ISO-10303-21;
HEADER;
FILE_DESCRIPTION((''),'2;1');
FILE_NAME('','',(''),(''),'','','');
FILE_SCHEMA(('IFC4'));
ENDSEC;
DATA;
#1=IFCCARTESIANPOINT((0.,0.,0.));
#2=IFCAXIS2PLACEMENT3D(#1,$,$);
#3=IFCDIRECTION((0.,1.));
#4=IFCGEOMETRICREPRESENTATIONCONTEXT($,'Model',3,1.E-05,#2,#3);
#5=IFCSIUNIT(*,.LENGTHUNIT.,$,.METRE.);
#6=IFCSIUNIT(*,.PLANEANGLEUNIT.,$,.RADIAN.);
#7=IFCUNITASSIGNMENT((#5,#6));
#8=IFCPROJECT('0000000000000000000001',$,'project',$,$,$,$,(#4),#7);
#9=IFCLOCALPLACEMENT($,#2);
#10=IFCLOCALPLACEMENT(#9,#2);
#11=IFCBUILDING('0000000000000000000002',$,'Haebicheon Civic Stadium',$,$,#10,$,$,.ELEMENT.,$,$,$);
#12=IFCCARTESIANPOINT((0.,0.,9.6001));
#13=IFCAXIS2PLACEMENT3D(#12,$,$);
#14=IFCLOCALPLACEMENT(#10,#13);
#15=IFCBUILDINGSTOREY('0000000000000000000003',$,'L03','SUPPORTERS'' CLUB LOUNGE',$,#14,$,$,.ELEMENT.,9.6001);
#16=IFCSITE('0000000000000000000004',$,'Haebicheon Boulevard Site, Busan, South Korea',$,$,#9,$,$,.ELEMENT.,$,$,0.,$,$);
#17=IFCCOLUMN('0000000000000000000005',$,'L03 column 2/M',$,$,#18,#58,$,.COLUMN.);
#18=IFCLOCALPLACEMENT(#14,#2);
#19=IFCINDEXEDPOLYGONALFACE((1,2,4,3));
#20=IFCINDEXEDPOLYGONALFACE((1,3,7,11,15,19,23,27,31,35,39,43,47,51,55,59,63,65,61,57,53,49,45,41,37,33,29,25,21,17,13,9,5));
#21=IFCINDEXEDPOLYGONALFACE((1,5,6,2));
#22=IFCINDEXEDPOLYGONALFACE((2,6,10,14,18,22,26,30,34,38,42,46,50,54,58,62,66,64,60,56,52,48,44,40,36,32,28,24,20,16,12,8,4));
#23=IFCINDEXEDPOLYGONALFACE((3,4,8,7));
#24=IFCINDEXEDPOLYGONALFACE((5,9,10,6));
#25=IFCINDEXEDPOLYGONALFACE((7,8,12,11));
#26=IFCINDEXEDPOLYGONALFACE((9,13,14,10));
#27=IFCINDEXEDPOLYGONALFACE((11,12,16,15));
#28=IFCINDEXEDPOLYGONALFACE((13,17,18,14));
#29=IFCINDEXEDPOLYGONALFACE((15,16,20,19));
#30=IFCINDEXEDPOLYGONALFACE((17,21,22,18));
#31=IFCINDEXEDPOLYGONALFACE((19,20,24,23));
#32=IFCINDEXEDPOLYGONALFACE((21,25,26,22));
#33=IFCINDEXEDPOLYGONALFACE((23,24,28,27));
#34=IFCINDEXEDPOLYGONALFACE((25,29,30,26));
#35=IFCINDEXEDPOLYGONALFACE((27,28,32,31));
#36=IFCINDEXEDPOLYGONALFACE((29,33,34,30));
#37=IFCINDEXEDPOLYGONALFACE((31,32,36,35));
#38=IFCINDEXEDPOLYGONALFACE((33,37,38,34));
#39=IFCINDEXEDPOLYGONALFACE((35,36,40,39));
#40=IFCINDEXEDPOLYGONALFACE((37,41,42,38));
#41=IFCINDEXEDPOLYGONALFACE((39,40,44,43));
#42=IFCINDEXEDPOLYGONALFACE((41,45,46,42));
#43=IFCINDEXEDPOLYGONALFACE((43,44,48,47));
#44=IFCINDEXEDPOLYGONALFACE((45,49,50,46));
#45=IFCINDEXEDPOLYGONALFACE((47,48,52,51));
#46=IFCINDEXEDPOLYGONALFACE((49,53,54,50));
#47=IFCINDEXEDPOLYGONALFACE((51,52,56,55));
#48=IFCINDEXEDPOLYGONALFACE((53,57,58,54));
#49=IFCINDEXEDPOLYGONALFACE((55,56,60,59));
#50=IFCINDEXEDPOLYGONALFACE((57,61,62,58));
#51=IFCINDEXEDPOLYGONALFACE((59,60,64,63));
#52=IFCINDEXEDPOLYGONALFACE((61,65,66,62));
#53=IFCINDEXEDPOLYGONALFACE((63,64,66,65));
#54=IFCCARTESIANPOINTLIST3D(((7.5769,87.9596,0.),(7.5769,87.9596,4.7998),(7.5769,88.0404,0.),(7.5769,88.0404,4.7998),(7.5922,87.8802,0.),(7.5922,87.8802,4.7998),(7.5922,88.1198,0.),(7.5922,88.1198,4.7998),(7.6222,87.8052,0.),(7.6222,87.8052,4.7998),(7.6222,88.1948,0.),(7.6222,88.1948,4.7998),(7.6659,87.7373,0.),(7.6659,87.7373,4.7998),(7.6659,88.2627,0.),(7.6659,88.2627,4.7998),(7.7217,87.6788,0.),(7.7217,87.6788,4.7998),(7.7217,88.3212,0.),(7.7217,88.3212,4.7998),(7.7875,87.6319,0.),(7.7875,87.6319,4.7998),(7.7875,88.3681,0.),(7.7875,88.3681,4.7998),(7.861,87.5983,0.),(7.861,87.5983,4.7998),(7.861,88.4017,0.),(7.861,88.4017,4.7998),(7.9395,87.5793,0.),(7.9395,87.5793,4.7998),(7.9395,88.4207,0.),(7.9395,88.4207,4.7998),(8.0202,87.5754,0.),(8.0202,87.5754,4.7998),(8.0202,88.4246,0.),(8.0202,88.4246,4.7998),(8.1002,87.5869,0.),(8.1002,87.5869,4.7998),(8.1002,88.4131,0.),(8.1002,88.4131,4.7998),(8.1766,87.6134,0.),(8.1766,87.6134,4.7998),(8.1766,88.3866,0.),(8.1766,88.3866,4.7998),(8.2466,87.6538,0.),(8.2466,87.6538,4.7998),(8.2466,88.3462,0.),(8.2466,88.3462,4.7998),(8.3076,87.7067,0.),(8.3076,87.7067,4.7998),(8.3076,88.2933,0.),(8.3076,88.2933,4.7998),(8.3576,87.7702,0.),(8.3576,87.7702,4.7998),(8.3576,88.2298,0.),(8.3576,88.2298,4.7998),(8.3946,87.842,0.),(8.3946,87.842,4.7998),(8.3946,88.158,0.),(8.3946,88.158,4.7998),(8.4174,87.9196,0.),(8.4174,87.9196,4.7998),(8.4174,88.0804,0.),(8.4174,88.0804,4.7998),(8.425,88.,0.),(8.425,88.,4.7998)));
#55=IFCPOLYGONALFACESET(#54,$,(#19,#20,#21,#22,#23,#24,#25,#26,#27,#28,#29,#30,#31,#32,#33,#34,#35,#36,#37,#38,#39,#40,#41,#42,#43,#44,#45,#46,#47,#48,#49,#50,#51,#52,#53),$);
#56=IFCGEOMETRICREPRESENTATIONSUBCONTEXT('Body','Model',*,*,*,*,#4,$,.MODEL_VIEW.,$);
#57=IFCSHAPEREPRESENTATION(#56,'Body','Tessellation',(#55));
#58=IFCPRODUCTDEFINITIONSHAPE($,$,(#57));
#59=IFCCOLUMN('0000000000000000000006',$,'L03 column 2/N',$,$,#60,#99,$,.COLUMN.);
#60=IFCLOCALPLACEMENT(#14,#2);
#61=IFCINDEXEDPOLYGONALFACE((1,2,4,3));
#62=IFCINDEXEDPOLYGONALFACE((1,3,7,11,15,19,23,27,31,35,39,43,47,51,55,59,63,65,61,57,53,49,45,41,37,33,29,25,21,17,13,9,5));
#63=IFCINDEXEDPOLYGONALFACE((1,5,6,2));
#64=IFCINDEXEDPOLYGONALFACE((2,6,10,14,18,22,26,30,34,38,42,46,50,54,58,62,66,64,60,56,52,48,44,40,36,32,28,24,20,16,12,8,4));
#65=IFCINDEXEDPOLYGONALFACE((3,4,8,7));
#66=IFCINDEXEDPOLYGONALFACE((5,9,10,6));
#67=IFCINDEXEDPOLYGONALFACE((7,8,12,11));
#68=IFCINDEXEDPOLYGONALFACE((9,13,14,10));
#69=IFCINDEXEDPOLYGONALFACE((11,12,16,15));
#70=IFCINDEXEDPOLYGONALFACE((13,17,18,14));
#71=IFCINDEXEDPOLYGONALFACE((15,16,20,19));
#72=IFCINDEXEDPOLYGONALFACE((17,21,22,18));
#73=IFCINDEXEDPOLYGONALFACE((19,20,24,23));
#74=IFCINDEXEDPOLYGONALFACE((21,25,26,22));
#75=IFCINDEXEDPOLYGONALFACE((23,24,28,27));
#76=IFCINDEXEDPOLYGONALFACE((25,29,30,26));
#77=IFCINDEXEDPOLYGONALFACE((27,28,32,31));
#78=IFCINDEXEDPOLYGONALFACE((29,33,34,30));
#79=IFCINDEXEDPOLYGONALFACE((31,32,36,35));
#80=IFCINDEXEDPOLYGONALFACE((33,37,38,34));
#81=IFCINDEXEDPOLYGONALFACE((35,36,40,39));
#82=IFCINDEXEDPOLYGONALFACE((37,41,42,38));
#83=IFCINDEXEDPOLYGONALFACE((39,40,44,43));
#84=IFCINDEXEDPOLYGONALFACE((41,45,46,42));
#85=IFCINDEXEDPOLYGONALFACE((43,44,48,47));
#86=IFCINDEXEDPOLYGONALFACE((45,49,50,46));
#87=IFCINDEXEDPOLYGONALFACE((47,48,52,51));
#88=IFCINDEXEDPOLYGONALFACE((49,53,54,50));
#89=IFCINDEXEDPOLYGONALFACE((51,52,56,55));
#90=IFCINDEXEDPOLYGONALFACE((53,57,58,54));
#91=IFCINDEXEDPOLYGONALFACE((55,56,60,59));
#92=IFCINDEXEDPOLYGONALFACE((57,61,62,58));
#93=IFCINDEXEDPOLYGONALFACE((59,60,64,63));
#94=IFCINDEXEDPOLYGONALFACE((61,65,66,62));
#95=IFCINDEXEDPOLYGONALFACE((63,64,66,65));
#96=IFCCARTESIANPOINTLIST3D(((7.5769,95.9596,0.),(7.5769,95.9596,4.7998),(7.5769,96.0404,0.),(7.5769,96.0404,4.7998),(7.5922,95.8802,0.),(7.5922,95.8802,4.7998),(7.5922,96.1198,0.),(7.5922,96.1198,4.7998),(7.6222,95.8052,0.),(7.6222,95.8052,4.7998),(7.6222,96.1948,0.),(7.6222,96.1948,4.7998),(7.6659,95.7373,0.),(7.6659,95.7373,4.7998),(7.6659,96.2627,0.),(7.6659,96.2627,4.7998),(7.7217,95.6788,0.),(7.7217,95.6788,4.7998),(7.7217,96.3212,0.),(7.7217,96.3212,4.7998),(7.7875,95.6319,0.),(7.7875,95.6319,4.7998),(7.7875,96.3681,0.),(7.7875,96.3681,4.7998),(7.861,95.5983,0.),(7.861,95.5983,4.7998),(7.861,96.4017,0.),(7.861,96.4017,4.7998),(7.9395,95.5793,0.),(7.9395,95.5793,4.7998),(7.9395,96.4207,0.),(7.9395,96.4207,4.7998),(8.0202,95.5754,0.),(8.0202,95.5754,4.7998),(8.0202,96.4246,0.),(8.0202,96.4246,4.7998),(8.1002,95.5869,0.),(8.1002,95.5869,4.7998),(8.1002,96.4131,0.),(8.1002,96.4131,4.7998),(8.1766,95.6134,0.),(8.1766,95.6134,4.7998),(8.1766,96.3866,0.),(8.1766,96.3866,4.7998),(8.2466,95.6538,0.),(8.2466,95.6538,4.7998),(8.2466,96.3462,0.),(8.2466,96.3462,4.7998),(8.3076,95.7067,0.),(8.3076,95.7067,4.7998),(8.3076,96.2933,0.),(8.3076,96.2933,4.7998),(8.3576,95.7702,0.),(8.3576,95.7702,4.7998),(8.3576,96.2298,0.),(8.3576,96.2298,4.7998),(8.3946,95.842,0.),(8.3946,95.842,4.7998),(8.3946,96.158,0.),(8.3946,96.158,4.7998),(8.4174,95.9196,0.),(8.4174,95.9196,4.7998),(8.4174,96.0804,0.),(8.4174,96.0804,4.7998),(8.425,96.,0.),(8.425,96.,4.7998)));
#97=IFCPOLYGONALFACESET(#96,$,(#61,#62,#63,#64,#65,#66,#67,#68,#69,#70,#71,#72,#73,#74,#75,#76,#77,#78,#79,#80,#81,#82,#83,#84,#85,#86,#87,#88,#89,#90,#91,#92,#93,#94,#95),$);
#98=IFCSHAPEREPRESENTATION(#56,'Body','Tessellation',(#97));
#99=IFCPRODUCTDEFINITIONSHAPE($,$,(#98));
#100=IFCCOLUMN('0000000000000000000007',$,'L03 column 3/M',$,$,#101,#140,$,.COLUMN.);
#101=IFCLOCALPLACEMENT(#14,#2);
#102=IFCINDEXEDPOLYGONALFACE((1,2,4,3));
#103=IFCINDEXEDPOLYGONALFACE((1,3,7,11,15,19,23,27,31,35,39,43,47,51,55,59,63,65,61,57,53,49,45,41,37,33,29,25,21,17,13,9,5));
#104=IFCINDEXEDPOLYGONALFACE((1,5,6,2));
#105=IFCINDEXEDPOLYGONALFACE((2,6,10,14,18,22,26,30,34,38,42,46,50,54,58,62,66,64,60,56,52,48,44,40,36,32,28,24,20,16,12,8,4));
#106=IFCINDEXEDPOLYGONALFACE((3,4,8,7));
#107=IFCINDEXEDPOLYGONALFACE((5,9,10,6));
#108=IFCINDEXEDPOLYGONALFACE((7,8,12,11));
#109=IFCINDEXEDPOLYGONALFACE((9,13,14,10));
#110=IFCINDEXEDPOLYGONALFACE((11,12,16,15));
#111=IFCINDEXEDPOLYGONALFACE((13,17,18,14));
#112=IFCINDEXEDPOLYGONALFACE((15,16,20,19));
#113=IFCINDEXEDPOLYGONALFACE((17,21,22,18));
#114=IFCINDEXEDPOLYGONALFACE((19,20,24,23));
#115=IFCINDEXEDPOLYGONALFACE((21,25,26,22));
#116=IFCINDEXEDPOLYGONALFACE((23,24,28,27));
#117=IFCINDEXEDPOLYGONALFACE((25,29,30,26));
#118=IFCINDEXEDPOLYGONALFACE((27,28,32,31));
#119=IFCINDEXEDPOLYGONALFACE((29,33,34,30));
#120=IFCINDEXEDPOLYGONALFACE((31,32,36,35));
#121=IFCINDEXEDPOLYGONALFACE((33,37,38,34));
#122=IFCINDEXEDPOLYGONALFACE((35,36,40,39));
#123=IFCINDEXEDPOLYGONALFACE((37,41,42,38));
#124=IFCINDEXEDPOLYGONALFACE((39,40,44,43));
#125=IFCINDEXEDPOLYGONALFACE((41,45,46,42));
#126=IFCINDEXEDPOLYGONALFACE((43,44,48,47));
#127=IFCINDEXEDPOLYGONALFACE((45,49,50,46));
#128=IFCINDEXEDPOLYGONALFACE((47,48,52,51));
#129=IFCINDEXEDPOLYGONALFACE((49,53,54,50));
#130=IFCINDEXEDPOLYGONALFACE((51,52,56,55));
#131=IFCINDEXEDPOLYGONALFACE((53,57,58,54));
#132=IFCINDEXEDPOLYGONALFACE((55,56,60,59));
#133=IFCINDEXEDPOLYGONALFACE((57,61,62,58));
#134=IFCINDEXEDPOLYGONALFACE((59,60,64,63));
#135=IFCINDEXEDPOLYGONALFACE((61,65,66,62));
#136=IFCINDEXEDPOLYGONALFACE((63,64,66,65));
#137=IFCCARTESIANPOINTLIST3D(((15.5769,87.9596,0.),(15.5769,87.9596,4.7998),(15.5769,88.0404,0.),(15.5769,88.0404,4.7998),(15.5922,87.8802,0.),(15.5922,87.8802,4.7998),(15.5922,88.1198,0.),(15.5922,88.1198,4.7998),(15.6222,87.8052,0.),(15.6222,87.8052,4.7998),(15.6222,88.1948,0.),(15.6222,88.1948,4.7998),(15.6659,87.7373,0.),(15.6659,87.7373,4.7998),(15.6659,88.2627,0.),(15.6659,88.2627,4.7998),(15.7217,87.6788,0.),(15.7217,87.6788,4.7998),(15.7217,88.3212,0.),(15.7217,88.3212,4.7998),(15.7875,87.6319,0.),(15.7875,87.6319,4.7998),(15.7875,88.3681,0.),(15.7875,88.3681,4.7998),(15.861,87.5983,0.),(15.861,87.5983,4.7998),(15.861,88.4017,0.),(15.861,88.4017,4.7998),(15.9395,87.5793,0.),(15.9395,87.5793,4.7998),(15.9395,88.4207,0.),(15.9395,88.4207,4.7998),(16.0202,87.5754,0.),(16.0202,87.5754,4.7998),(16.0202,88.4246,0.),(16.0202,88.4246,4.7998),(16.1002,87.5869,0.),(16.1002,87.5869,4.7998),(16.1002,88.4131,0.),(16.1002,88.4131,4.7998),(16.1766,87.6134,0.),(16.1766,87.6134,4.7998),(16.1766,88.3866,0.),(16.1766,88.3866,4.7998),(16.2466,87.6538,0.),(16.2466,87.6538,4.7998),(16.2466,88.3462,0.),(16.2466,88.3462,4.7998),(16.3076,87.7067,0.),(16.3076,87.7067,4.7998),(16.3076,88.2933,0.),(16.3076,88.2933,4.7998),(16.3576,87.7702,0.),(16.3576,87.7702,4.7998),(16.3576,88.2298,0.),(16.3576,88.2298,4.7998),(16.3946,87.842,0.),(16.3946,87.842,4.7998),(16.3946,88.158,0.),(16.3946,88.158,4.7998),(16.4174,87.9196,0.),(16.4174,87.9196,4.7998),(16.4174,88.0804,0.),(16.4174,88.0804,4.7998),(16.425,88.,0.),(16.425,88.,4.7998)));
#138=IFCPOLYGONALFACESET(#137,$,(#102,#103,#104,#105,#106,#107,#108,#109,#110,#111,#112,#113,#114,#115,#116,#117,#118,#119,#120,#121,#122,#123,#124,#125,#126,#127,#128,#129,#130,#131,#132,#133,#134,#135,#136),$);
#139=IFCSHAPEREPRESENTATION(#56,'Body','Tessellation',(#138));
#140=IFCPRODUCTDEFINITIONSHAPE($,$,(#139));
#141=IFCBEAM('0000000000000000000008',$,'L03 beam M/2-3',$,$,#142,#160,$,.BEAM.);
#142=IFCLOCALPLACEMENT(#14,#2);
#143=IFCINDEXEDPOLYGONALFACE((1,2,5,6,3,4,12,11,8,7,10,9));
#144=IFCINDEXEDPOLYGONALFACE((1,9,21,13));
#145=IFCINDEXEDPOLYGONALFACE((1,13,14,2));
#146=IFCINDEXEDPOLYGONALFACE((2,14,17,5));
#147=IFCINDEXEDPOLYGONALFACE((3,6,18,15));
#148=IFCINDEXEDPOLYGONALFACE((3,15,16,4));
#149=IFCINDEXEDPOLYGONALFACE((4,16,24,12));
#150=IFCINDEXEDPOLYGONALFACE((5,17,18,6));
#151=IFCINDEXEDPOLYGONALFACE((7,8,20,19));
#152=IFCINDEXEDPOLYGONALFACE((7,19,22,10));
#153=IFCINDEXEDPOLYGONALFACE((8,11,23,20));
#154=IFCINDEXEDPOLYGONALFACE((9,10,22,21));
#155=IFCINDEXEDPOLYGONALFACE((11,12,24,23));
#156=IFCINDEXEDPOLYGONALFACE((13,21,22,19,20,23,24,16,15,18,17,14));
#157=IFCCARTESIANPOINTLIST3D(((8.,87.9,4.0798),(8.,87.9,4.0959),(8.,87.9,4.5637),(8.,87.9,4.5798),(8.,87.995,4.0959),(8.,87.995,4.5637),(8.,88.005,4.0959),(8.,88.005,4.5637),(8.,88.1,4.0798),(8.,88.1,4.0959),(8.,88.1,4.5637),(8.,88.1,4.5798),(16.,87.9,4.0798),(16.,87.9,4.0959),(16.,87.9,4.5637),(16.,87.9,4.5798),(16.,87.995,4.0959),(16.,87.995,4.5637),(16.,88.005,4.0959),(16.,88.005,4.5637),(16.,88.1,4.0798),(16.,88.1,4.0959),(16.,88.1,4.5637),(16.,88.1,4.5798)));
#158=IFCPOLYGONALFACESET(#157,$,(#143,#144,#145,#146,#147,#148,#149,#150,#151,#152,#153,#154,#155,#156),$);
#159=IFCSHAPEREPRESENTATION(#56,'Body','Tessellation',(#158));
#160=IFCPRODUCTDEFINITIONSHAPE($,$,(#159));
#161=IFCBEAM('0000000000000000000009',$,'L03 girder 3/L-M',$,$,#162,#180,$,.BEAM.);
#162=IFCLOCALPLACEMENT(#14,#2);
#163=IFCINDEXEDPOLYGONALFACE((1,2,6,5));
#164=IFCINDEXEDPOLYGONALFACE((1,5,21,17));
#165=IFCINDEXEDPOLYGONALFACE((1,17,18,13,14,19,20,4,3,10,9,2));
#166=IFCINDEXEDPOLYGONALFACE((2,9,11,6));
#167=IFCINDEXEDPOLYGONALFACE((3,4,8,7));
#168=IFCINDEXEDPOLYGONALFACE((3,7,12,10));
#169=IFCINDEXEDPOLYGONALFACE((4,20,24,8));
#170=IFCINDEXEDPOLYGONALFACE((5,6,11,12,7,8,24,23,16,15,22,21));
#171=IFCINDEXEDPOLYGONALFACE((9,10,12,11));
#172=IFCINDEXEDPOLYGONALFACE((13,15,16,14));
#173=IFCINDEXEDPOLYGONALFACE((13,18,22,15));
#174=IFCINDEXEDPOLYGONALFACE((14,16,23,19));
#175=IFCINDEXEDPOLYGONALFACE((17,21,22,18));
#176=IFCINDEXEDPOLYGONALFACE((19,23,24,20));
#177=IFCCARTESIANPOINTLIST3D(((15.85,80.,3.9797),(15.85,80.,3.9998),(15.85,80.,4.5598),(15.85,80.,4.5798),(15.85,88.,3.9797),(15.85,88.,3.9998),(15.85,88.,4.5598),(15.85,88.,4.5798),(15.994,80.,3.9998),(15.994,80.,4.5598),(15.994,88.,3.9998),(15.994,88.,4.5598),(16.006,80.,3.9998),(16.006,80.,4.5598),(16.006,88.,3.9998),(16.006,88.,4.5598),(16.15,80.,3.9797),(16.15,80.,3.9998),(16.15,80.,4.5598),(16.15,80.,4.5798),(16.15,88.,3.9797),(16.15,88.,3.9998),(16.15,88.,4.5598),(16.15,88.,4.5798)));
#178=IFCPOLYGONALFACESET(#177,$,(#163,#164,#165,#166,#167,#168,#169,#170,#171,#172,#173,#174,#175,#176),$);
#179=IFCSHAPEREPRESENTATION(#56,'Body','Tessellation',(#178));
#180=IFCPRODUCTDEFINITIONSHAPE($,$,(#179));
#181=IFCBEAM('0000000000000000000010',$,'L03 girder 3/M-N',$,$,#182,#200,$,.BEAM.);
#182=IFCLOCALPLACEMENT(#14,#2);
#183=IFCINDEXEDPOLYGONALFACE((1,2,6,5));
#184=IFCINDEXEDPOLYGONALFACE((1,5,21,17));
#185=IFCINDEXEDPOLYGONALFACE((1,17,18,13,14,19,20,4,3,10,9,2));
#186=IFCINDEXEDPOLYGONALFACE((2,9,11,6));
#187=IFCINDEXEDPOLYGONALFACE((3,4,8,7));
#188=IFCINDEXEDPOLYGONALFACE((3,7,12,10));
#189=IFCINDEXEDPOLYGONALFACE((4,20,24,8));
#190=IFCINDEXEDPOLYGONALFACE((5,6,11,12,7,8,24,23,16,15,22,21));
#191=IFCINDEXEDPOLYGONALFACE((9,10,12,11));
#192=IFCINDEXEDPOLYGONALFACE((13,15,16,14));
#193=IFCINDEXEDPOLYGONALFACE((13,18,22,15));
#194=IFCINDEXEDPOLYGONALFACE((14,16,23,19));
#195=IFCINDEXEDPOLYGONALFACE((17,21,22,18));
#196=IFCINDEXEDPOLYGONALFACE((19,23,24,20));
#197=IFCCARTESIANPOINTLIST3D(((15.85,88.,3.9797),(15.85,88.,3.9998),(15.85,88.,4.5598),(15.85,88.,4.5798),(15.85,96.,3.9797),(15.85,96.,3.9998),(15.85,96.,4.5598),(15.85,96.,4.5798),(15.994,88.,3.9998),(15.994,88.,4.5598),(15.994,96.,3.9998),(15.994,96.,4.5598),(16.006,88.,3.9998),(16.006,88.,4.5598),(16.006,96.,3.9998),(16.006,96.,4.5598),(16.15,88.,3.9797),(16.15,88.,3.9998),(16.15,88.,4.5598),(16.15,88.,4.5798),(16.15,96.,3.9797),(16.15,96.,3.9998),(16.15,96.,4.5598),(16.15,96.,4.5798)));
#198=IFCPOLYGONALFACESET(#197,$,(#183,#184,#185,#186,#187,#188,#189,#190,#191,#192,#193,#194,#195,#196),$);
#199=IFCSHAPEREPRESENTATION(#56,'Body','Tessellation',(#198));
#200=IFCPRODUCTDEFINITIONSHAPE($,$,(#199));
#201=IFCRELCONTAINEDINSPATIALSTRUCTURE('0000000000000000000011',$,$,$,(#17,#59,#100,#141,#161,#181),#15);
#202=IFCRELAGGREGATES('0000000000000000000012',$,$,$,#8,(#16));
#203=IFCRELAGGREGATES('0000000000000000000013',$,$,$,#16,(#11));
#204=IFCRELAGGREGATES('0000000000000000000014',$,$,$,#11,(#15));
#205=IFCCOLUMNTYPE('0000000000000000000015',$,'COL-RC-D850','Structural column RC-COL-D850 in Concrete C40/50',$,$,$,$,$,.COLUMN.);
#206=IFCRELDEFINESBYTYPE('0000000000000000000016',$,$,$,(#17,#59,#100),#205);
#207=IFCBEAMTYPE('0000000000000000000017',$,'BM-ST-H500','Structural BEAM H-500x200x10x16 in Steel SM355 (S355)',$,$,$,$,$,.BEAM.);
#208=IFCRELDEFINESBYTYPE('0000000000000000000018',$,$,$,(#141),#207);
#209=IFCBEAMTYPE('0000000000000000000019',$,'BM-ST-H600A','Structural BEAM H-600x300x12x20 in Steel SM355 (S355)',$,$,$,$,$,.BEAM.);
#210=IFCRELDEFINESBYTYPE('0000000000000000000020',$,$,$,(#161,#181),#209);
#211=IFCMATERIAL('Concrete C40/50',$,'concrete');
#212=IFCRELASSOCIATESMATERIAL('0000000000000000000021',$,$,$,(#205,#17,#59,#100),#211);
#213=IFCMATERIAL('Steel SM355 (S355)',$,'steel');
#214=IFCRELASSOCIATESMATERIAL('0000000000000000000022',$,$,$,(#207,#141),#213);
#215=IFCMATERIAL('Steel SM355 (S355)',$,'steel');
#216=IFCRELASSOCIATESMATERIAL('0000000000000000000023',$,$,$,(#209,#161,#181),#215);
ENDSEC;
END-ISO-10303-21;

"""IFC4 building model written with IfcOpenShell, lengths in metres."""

from ifc_helpers import new_model, si_unit, direction, frame, origin, origin_2d, place, context, subcontext, project, spatial, circle, i_section, extrude, material, material_profile, profile_set, type_object, element, save


model = new_model("IFC4")

# Units and contexts
model_context = context("Model", 3, precision=1e-05, world=origin(), true_north=direction((0.0, 1.0)))
body_context = subcontext(model_context, "Body", "Model", "MODEL_VIEW")
ifc_project = project(units=[si_unit("LENGTHUNIT", "METRE"), si_unit("PLANEANGLEUNIT", "RADIAN")], contexts=[model_context])

# Site, building, storey
site_placement = place(None, origin())
site = spatial("IfcSite", under=ifc_project, at=site_placement, Name="Haebicheon Boulevard Site, Busan, South Korea", CompositionType="ELEMENT", RefElevation=0.0)
building_placement = place(site_placement, origin())
building = spatial("IfcBuilding", under=site, at=building_placement, Name="Haebicheon Civic Stadium", CompositionType="ELEMENT")
storey_placement = place(building_placement, frame((0.0, 0.0, 9.6001)))
storey = spatial("IfcBuildingStorey", under=building, at=storey_placement, Name="L03", Description="SUPPORTERS' CLUB LOUNGE", CompositionType="ELEMENT", Elevation=9.6001)

# Columns
ifc_material_1 = material(Name="Concrete C40/50", Category="concrete")
ifc_material_profile_1 = material_profile(ifc_material_1, circle(Radius=0.425, at=origin_2d()), Name="RC-COL-D850")
ifc_profile_set_1 = profile_set([ifc_material_profile_1], Name="Concrete C40/50")
column_type = type_object("IfcColumnType", Name="COL-RC-D850", Description="Structural column RC-COL-D850 in Concrete C40/50", PredefinedType="COLUMN", material=ifc_profile_set_1)
for number, where, z_axis, x_axis, name in (
    (1, (8.0, 88.0, 0.0), (0.0, 0.0, 1.0), (1.0, 0.0, 0.0), "L03 column 2/M"),
    (2, (8.0, 96.0, 0.0), (0.0, 0.0, 1.0), (1.0, 0.0, 0.0), "L03 column 2/N"),
    (3, (16.0, 88.0, 0.0), (0.0, 0.0, 1.0), (1.0, 0.0, 0.0), "L03 column 3/M"),
):
    element("IfcColumn", number, at=place(storey_placement, frame(where, z_axis=z_axis, x_axis=x_axis)), inside=storey, type_object=column_type, material=ifc_profile_set_1, Name=name, PredefinedType="COLUMN", context=body_context, shape_type="SweptSolid", body=[
        extrude(circle(Radius=0.425, at=origin_2d()), origin(), (0.0, 0.0, 1.0), 4.7998),
    ])

# Beams
ifc_material_2 = material(Name="Steel SM355 (S355)", Category="steel")
ifc_material_profile_2 = material_profile(ifc_material_2, i_section(OverallWidth=0.2, OverallDepth=0.5, WebThickness=0.01, FlangeThickness=0.0161, at=origin_2d()), Name="H-500x200x10x16")
ifc_profile_set_2 = profile_set([ifc_material_profile_2], Name="Steel SM355 (S355)")
beam_type_1 = type_object("IfcBeamType", Name="BM-ST-H500", Description="Structural BEAM H-500x200x10x16 in Steel SM355 (S355)", PredefinedType="BEAM", material=ifc_profile_set_2)
beam_1_placement = place(storey_placement, frame((8.0, 88.0, 4.3298), z_axis=(1.0, 0.0, 0.0), x_axis=(0.0, 1.0, 0.0)))
element("IfcBeam", 4, at=beam_1_placement, inside=storey, type_object=beam_type_1, material=ifc_profile_set_2, Name="L03 beam M/2-3", PredefinedType="BEAM", context=body_context, shape_type="SweptSolid", body=[
    extrude(i_section(OverallWidth=0.2, OverallDepth=0.5, WebThickness=0.01, FlangeThickness=0.0161, at=origin_2d()), origin(), (0.0, 0.0, 1.0), 8.0),
])
ifc_material_3 = material(Name="Steel SM355 (S355)", Category="steel")
ifc_material_profile_3 = material_profile(ifc_material_3, i_section(OverallWidth=0.3, OverallDepth=0.6001, WebThickness=0.012, FlangeThickness=0.02, at=origin_2d()), Name="H-600x300x12x20")
ifc_profile_set_3 = profile_set([ifc_material_profile_3], Name="Steel SM355 (S355)")
beam_type_2 = type_object("IfcBeamType", Name="BM-ST-H600A", Description="Structural BEAM H-600x300x12x20 in Steel SM355 (S355)", PredefinedType="BEAM", material=ifc_profile_set_3)
for number, where, z_axis, x_axis, name in (
    (5, (16.0, 80.0, 4.2798), (0.0, 1.0, 0.0), (-1.0, 0.0, 0.0), "L03 girder 3/L-M"),
    (6, (16.0, 88.0, 4.2798), (0.0, 1.0, 0.0), (-1.0, 0.0, 0.0), "L03 girder 3/M-N"),
):
    element("IfcBeam", number, at=place(storey_placement, frame(where, z_axis=z_axis, x_axis=x_axis)), inside=storey, type_object=beam_type_2, material=ifc_profile_set_3, Name=name, PredefinedType="BEAM", context=body_context, shape_type="SweptSolid", body=[
        extrude(i_section(OverallWidth=0.3, OverallDepth=0.6001, WebThickness=0.012, FlangeThickness=0.02, at=origin_2d()), origin(), (0.0, 0.0, 1.0), 8.0),
    ])

save(model, "model.ifc")
